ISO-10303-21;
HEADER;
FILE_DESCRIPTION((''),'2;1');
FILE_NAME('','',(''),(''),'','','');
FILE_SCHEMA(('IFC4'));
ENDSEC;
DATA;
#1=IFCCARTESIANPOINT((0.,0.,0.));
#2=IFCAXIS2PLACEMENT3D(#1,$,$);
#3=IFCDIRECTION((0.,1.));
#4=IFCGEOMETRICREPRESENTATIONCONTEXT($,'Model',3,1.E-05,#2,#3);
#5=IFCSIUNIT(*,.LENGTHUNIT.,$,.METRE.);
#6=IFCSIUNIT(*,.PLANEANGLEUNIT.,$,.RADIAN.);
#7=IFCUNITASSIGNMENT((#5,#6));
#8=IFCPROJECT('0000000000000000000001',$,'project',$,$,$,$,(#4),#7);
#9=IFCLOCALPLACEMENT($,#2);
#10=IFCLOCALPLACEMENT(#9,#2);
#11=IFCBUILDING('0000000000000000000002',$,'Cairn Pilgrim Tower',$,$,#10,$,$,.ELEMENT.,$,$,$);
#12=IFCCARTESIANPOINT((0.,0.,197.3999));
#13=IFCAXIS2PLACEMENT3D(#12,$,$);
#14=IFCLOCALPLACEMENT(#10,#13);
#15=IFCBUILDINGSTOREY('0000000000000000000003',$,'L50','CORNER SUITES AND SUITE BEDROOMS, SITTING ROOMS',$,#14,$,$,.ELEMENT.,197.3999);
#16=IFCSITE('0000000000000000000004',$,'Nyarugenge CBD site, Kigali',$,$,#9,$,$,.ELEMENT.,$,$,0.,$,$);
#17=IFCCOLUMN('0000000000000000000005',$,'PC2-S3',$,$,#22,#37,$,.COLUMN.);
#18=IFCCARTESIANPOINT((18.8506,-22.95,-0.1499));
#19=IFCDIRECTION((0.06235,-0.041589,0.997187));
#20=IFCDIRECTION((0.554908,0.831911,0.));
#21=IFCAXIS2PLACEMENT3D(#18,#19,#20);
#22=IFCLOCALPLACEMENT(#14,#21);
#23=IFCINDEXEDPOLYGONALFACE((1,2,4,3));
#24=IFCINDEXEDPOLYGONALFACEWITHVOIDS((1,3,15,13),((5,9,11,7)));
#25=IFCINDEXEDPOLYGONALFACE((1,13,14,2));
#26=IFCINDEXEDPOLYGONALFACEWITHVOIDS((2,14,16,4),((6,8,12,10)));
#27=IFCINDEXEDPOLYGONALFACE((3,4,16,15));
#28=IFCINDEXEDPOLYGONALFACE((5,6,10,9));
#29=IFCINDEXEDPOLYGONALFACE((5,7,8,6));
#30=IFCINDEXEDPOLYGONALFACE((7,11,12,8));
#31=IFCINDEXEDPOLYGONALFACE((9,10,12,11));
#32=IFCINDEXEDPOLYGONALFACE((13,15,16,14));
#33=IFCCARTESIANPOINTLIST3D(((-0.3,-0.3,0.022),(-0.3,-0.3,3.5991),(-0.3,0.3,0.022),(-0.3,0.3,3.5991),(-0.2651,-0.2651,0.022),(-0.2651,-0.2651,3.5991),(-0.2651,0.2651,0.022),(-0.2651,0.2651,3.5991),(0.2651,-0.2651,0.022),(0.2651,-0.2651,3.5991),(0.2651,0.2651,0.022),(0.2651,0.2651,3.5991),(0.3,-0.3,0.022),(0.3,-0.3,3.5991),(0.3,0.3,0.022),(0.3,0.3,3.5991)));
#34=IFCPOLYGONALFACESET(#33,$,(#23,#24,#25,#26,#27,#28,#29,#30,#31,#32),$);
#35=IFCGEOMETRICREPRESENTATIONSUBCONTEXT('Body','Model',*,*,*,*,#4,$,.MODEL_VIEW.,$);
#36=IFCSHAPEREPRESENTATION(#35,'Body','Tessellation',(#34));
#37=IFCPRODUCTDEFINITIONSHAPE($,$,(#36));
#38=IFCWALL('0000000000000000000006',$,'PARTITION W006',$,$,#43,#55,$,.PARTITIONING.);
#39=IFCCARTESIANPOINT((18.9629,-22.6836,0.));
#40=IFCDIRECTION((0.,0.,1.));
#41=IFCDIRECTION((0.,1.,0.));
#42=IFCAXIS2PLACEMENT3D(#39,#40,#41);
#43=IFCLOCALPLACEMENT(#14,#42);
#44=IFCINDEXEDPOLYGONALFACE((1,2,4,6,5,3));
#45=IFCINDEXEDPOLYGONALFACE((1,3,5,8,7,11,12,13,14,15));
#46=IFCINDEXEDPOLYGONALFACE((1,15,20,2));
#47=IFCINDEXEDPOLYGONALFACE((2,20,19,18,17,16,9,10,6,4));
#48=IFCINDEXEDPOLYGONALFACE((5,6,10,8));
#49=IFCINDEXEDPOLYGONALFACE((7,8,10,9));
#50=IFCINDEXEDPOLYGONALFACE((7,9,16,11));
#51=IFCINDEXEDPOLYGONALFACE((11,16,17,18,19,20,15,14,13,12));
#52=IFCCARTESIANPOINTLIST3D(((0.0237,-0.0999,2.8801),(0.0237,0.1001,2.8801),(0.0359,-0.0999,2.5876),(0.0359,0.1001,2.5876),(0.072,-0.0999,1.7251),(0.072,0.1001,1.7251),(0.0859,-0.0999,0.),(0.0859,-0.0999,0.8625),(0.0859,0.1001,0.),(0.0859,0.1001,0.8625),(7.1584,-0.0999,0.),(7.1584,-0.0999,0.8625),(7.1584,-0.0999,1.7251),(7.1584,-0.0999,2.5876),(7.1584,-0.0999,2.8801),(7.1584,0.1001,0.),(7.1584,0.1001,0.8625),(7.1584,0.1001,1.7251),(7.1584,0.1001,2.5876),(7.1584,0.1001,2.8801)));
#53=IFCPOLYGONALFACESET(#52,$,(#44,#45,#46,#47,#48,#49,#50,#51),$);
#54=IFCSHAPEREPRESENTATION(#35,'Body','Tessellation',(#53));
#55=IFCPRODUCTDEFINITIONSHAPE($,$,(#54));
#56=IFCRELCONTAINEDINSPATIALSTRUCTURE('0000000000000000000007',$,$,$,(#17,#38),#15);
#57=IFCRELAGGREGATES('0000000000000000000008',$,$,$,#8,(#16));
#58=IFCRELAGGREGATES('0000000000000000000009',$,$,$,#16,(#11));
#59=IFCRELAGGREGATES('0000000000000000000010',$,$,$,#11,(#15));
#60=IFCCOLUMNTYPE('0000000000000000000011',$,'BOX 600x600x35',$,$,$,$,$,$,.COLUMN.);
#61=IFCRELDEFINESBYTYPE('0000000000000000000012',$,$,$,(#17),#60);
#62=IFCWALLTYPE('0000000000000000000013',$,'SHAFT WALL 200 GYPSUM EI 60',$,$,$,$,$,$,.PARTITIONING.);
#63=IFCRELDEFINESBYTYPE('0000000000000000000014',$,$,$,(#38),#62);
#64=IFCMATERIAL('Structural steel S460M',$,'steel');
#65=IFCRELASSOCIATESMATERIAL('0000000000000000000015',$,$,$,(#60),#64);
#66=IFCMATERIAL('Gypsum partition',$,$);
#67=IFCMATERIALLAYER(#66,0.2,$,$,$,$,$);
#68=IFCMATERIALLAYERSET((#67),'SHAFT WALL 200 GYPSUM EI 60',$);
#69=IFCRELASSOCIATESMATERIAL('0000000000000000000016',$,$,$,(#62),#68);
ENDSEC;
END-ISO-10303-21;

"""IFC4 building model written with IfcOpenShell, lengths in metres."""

from ifc_helpers import new_model, si_unit, direction, frame, origin, origin_2d, place, context, subcontext, project, spatial, polyline, hollow_rectangle, outline, extrude, clip, halfspace, material, layer, layer_set, material_profile, profile_set, type_object, element, save


model = new_model("IFC4")

# Units and contexts
model_context = context("Model", 3, precision=1e-05, world=origin(), true_north=direction((0.0, 1.0)))
body_context = subcontext(model_context, "Body", "Model", "MODEL_VIEW")
ifc_project = project(units=[si_unit("LENGTHUNIT", "METRE"), si_unit("PLANEANGLEUNIT", "RADIAN")], contexts=[model_context])

# Site, building, storey
site_placement = place(None, origin())
site = spatial("IfcSite", under=ifc_project, at=site_placement, Name="Nyarugenge CBD site, Kigali", CompositionType="ELEMENT", RefElevation=0.0)
building_placement = place(site_placement, origin())
building = spatial("IfcBuilding", under=site, at=building_placement, Name="Cairn Pilgrim Tower", CompositionType="ELEMENT")
storey_placement = place(building_placement, frame((0.0, 0.0, 197.3999)))
storey = spatial("IfcBuildingStorey", under=building, at=storey_placement, Name="L50", Description="CORNER SUITES AND SUITE BEDROOMS, SITTING ROOMS", CompositionType="ELEMENT", Elevation=197.3999)

# Column
ifc_material_1 = material(Name="Structural steel S460M", Category="steel")
ifc_material_profile_1 = material_profile(ifc_material_1, hollow_rectangle(XDim=0.6001, YDim=0.6001, WallThickness=0.0349, at=origin_2d()), Name="BOX 600x600x35")
ifc_profile_set_1 = profile_set([ifc_material_profile_1], Name="Structural steel S460M")
column_type = type_object("IfcColumnType", Name="BOX 600x600x35", PredefinedType="COLUMN", material=ifc_profile_set_1)
column_placement = place(storey_placement, frame((18.8506, -22.95, -0.1499), z_axis=(0.06235, -0.041589, 0.997187), x_axis=(0.554908, 0.831911, 0.0)))
element("IfcColumn", 1, at=column_placement, inside=storey, type_object=column_type, Name="PC2-S3", PredefinedType="COLUMN", context=body_context, shape_type="Clipping", body=[
    clip(clip(extrude(hollow_rectangle(XDim=0.6001, YDim=0.6001, WallThickness=0.0349, at=origin_2d()), origin(), (0.0, 0.0, 1.0), 3.6104), halfspace(frame((0.0, 0.0, 0.022), z_axis=(0.0, 0.0, 1.0), x_axis=(1.0, 0.0, 0.0)), True)), halfspace(frame((0.0, 0.0, 3.5991), z_axis=(0.0, 0.0, 1.0), x_axis=(1.0, 0.0, 0.0)), False)),
])

# Shared definitions
ifc_material_2 = material(Name="Gypsum partition")

# Wall
ifc_layer_1 = layer(ifc_material_2, 0.2)
ifc_layer_set_1 = layer_set([ifc_layer_1], Name="SHAFT WALL 200 GYPSUM EI 60")
wall_type_1 = type_object("IfcWallType", Name="SHAFT WALL 200 GYPSUM EI 60", PredefinedType="PARTITIONING", material=ifc_layer_set_1)
wall_1_placement = place(storey_placement, frame((18.9629, -22.6836, 0.0), z_axis=(0.0, 0.0, 1.0), x_axis=(0.0, 1.0, 0.0)))
element("IfcWall", 2, at=wall_1_placement, inside=storey, type_object=wall_type_1, Name="PARTITION W006", PredefinedType="PARTITIONING", context=body_context, shape_type="SweptSolid", body=[
    extrude(outline(polyline([(0.0859, 0.0), (7.1584, 0.0), (7.1584, 0.8625), (7.1584, 1.7251), (7.1584, 2.5876), (7.1584, 2.8801), (0.0237, 2.8801), (0.0359, 2.5876), (0.072, 1.7251), (0.0859, 0.8625), (0.0859, 0.0)])), frame((0.0, 0.1001, 0.0), z_axis=(0.0, -1.0, 0.0), x_axis=(1.0, 0.0, 0.0)), (0.0, 0.0, 1.0), 0.2),
])

save(model, "model.ifc")
